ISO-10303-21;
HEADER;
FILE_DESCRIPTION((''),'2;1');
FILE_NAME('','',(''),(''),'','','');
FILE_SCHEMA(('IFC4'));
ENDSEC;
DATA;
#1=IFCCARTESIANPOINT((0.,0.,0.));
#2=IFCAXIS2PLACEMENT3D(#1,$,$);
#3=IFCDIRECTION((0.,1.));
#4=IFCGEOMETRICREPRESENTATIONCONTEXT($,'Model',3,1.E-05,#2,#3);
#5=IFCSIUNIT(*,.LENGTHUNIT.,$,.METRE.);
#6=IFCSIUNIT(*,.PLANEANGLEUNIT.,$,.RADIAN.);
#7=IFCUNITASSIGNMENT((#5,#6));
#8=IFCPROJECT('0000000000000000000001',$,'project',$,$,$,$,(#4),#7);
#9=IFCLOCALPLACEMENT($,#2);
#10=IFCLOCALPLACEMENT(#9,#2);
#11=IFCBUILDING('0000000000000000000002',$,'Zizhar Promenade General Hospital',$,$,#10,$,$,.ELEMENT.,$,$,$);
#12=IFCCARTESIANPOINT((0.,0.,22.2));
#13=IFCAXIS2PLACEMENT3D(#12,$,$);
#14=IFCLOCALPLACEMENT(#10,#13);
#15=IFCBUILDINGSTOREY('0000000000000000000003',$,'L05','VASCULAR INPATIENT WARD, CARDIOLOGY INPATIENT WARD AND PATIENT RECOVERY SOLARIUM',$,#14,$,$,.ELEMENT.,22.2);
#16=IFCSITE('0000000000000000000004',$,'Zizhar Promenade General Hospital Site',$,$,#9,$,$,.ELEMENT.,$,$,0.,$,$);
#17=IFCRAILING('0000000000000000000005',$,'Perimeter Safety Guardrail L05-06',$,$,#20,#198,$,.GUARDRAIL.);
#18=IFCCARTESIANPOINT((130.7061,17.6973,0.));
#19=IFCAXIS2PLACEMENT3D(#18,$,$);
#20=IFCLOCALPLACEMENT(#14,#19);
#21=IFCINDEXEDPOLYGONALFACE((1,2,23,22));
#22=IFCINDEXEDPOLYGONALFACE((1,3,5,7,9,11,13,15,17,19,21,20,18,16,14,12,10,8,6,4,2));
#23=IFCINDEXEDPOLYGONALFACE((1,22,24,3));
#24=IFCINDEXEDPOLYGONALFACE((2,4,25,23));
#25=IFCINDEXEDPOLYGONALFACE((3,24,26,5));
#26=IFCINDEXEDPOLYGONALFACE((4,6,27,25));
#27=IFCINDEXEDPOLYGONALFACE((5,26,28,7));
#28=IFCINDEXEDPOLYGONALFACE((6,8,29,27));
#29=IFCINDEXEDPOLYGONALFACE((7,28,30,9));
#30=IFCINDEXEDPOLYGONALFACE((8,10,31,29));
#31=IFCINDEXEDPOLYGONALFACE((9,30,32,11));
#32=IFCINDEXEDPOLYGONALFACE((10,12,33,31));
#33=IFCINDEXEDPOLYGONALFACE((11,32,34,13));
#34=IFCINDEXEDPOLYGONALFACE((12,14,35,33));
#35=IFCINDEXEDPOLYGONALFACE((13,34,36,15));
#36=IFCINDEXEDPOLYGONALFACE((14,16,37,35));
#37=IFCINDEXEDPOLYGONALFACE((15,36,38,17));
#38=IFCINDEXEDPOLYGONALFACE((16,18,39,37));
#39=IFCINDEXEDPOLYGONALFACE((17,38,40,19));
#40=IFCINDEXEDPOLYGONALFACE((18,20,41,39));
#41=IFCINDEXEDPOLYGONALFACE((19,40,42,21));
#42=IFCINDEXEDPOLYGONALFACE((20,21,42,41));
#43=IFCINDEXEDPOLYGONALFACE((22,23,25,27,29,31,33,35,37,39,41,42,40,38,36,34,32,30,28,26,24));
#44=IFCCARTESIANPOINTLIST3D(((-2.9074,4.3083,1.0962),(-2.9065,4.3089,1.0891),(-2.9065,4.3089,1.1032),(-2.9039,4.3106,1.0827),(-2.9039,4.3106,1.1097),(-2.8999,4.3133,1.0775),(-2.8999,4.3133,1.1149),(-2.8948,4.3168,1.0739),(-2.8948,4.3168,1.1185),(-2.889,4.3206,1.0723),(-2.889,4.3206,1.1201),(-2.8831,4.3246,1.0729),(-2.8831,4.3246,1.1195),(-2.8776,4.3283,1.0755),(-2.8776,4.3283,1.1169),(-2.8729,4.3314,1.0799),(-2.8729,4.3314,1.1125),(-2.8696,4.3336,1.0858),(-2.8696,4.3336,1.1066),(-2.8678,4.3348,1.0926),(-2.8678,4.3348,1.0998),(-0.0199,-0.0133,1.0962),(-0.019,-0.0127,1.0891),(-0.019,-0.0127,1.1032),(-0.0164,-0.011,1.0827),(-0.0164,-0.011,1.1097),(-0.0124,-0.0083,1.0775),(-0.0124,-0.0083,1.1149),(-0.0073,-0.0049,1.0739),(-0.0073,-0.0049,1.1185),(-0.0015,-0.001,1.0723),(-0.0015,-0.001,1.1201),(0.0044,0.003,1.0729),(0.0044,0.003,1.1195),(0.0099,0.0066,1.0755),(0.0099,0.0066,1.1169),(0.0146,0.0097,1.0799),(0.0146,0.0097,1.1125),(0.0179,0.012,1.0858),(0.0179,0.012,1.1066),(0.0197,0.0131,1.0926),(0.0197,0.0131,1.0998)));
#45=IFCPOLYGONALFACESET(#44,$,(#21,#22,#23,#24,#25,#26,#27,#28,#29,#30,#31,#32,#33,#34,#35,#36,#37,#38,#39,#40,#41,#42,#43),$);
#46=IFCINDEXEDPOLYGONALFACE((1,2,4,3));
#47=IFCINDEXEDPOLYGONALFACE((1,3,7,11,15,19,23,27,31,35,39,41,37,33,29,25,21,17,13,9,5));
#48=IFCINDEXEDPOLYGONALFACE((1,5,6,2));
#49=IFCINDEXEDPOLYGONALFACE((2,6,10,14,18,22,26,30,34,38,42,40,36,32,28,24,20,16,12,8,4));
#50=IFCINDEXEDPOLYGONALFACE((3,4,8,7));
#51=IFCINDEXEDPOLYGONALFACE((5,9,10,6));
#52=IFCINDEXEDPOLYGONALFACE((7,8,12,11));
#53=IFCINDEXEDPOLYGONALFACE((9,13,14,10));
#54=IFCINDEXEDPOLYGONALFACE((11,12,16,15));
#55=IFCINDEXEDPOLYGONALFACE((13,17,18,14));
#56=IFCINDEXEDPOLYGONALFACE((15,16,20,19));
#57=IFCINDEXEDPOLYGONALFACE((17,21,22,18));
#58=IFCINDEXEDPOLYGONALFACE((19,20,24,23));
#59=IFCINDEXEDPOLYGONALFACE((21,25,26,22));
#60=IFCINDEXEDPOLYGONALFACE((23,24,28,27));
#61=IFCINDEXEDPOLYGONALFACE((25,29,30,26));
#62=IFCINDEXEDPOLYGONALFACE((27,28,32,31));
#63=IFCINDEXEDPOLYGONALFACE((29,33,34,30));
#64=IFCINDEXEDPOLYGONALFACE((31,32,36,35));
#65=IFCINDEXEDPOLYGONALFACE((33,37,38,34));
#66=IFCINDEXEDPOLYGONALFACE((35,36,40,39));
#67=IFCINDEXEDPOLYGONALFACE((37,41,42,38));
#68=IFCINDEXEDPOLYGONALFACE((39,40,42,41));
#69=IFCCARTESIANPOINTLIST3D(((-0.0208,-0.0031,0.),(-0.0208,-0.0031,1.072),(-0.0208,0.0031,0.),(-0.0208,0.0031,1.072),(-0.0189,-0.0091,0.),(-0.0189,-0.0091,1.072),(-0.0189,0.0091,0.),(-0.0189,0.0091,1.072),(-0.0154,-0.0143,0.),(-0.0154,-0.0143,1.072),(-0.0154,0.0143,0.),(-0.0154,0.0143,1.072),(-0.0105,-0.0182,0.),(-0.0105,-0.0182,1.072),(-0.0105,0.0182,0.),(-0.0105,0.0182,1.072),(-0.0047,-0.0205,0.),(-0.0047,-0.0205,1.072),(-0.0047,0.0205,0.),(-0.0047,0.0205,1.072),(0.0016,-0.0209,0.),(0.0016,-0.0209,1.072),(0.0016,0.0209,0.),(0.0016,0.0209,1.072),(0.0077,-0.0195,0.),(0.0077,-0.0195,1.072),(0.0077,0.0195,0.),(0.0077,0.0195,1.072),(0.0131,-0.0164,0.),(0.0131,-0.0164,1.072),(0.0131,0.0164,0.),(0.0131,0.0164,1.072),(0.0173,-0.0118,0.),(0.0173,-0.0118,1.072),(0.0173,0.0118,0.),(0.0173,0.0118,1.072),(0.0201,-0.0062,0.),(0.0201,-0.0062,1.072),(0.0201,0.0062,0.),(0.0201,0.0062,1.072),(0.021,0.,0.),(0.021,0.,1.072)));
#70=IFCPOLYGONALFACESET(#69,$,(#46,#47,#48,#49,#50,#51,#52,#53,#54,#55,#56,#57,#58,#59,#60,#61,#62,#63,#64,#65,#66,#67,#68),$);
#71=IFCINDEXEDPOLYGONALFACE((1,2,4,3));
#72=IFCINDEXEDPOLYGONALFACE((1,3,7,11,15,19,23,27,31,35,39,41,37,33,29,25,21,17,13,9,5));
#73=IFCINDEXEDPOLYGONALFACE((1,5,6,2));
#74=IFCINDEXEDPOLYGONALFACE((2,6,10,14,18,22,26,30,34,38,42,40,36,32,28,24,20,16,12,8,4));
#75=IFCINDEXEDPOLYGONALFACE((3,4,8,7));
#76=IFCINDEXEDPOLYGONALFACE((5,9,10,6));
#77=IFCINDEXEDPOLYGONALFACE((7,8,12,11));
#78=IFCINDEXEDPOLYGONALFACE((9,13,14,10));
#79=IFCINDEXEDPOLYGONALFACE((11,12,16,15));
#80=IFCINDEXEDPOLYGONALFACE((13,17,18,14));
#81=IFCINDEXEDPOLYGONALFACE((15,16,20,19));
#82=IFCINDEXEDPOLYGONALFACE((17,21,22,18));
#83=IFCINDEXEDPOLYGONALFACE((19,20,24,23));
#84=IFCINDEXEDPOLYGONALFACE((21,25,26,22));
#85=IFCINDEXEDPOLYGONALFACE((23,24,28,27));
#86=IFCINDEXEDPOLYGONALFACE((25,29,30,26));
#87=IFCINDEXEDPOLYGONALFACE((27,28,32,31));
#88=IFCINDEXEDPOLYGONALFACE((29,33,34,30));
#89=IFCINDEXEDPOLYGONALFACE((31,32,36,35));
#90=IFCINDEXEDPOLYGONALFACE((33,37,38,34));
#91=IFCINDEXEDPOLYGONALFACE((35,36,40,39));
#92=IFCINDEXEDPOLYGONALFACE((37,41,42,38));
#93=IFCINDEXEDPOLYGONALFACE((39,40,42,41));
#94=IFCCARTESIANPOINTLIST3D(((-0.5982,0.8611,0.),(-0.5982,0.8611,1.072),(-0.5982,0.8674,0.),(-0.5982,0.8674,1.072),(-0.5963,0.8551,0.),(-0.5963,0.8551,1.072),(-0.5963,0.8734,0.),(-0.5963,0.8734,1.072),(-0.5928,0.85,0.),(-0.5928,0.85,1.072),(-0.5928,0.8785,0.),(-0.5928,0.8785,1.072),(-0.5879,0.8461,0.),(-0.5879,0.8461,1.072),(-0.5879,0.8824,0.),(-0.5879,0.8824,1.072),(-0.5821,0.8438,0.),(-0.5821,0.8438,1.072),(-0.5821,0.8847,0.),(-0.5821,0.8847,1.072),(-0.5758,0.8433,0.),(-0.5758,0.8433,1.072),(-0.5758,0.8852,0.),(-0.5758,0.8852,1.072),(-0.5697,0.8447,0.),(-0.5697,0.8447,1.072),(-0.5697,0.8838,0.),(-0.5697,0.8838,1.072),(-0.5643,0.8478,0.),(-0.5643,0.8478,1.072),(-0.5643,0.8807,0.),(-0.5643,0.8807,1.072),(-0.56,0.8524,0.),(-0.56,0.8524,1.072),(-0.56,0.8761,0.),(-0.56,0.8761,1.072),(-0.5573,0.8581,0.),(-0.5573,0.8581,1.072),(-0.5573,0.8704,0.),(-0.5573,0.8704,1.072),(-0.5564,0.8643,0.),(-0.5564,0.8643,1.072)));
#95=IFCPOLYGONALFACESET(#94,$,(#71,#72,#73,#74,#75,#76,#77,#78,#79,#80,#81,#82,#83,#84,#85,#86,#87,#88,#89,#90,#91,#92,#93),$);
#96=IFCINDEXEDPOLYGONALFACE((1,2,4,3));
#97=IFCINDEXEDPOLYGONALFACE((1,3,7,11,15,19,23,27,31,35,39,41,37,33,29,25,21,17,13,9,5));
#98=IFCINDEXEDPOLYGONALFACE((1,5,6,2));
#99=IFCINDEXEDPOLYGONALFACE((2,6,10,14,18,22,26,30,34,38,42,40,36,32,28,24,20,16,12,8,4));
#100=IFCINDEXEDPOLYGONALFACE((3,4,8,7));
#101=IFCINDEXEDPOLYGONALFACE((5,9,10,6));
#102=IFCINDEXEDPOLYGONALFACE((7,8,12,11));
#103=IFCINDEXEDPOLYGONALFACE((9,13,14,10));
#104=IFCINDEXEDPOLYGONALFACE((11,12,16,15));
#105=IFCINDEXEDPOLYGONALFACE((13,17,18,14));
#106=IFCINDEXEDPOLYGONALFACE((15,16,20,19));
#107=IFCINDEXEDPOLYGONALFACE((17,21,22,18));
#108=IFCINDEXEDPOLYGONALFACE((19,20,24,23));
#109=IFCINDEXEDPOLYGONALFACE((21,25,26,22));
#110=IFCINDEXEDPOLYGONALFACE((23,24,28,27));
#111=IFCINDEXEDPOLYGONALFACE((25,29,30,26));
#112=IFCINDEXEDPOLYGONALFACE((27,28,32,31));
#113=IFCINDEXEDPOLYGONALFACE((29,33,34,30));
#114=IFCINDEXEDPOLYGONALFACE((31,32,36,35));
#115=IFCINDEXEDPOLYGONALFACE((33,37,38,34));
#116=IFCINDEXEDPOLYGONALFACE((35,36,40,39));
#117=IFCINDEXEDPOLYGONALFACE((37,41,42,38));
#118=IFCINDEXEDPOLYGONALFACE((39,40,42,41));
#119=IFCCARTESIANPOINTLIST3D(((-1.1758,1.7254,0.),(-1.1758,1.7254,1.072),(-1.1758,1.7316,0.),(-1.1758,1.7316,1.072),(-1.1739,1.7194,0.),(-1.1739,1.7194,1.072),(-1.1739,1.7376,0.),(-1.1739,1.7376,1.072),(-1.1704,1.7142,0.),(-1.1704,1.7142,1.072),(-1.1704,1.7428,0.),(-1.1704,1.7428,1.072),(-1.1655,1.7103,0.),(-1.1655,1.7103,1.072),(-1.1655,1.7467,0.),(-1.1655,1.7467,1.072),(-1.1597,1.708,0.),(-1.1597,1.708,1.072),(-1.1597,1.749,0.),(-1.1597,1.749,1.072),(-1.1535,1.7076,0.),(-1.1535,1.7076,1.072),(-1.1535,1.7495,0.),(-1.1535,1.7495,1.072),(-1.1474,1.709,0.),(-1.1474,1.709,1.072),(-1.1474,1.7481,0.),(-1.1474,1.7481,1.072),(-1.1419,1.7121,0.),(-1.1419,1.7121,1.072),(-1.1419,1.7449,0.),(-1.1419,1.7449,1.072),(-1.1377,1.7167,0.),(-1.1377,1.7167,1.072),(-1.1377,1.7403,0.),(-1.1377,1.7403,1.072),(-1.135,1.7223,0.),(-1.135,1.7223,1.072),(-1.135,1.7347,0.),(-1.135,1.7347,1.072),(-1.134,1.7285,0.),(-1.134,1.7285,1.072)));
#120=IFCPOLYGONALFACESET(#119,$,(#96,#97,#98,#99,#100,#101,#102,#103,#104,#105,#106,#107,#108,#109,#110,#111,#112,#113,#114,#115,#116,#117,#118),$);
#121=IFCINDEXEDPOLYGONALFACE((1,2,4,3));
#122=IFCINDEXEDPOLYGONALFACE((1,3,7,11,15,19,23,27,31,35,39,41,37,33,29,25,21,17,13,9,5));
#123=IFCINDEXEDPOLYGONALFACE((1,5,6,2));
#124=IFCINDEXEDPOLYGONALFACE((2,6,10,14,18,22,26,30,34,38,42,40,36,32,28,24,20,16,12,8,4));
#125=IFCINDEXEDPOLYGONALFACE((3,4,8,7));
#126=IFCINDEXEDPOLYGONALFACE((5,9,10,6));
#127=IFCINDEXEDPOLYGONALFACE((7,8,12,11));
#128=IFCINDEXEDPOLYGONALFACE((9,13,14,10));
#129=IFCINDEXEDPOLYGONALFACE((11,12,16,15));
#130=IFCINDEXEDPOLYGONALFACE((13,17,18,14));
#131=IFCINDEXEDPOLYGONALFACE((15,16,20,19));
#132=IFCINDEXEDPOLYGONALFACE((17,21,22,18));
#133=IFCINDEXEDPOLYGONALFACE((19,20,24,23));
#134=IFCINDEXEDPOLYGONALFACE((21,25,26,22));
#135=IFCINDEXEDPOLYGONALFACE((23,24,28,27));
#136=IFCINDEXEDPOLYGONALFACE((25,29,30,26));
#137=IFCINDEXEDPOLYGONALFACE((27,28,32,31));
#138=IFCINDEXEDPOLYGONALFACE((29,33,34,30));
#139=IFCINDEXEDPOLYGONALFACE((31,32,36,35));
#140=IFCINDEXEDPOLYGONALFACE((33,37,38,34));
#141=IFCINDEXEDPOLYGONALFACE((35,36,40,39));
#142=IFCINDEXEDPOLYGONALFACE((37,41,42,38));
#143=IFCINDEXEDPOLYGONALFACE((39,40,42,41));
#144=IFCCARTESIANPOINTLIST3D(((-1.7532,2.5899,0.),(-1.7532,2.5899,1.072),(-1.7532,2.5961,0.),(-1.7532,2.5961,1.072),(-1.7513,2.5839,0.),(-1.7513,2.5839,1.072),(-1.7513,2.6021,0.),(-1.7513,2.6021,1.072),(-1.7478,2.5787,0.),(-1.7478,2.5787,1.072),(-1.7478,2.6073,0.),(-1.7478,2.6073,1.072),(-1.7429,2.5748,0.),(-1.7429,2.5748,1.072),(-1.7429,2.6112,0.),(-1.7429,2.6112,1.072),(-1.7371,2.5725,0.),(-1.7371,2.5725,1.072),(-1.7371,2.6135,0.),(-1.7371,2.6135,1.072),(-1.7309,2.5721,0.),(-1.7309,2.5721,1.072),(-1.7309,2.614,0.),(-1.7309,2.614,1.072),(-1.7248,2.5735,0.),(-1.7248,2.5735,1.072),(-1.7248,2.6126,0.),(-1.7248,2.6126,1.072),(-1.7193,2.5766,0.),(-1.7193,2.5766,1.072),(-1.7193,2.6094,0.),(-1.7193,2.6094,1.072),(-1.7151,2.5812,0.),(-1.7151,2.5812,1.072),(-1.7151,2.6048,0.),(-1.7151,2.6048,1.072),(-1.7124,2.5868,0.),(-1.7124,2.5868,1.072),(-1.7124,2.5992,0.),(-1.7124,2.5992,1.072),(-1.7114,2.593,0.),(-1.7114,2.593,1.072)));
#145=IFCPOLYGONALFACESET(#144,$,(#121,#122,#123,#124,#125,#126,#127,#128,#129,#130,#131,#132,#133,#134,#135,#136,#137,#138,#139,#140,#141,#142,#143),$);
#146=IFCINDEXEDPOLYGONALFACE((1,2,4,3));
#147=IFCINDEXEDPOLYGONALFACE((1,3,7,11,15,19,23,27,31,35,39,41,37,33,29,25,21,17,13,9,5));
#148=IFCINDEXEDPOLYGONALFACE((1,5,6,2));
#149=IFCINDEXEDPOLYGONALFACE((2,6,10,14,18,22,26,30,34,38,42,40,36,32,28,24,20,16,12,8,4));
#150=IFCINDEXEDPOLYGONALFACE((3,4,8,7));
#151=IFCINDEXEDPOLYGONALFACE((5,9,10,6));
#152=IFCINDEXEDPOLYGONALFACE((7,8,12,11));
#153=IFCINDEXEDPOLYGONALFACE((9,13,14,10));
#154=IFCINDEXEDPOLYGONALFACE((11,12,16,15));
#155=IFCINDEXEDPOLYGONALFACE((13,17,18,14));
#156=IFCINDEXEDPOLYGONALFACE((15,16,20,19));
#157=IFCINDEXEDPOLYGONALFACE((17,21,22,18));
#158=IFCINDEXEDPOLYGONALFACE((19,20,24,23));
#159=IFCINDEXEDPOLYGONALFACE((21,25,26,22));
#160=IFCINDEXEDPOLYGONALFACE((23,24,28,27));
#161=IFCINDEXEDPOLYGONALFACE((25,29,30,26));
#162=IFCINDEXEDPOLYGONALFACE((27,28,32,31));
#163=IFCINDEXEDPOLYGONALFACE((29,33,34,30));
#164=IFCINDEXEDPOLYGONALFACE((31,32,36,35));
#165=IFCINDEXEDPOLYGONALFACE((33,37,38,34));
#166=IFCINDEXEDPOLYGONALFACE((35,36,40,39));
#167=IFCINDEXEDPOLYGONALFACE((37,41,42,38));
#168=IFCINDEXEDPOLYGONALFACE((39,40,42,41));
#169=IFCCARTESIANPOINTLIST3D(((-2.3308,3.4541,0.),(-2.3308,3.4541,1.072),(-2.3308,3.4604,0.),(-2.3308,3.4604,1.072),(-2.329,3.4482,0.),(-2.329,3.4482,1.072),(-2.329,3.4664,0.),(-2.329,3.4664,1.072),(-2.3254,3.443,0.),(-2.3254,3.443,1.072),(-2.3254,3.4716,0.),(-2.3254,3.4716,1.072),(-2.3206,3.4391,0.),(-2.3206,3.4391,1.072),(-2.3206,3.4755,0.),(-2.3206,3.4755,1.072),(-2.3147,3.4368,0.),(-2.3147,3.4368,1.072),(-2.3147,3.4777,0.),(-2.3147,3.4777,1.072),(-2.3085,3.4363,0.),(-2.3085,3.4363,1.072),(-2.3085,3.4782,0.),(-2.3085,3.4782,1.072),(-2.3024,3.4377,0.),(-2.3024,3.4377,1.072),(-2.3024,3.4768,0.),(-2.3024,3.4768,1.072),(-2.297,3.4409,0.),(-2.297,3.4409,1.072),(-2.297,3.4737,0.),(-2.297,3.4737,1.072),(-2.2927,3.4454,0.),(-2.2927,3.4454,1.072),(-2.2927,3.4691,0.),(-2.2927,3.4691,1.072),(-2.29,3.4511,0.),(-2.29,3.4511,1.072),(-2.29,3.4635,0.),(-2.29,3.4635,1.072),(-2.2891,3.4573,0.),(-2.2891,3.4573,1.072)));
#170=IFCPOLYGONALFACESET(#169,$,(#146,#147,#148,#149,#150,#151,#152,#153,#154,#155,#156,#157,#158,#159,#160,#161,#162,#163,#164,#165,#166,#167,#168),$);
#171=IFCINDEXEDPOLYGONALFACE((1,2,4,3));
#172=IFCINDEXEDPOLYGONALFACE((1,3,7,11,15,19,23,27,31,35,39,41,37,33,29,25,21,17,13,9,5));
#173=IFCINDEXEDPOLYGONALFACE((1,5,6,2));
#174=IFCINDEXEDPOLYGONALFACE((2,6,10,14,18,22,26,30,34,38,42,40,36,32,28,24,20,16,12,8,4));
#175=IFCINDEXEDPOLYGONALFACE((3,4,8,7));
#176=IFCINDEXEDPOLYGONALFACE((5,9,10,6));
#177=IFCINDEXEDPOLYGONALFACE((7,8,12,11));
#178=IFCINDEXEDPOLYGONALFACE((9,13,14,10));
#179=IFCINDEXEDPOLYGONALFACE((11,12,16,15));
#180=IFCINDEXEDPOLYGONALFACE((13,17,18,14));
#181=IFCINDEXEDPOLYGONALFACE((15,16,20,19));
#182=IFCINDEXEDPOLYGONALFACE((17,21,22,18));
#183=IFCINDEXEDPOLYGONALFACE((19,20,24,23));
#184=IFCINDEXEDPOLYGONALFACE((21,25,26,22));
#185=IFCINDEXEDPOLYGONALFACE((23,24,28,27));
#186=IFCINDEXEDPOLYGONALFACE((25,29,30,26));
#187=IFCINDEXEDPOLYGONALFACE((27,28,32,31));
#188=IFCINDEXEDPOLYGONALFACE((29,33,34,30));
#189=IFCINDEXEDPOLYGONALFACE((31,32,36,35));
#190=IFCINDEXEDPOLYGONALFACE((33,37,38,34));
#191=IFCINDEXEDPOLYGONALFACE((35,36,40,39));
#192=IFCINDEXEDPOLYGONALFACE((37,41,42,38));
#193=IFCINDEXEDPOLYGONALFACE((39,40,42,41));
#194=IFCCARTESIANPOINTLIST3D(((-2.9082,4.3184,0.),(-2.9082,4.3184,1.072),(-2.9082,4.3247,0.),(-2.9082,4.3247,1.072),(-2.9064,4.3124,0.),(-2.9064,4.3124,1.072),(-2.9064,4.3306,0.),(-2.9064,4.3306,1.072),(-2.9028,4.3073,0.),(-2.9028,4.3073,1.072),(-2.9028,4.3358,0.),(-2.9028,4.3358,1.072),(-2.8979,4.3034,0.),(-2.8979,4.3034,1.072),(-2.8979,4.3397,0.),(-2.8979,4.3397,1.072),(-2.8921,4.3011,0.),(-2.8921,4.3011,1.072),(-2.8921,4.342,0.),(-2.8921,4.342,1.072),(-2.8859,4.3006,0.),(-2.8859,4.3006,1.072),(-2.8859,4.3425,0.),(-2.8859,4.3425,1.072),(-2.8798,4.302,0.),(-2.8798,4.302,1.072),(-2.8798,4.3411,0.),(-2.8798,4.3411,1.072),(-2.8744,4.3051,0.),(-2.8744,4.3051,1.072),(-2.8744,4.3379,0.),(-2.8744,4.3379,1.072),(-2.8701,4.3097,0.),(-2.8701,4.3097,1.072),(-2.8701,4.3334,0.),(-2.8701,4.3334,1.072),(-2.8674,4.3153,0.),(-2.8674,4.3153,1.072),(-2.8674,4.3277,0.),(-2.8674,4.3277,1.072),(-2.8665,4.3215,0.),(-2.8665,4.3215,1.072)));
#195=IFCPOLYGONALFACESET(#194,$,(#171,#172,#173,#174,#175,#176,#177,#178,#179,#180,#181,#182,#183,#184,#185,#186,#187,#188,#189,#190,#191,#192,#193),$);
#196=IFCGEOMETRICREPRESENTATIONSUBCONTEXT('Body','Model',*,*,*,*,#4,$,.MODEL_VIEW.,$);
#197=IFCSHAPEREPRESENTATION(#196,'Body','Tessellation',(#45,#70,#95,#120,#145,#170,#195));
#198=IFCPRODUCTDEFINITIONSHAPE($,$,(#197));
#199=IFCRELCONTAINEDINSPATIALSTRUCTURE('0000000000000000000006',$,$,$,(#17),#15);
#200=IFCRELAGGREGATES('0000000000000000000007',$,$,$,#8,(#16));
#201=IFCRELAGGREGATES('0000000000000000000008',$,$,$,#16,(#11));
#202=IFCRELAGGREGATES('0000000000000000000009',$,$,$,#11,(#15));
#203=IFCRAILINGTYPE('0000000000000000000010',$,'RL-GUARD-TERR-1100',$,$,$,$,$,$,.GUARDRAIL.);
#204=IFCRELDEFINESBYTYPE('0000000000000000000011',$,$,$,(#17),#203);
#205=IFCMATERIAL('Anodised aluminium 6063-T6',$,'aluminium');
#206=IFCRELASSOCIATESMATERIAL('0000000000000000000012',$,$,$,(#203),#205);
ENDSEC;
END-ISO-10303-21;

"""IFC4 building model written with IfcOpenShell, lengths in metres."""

from ifc_helpers import new_model, si_unit, direction, frame, origin, origin_2d, place, context, subcontext, project, spatial, circle, hollow_circle, extrude, material, material_profile, profile_set, type_object, element, save


model = new_model("IFC4")

# Units and contexts
model_context = context("Model", 3, precision=1e-05, world=origin(), true_north=direction((0.0, 1.0)))
body_context = subcontext(model_context, "Body", "Model", "MODEL_VIEW")
ifc_project = project(units=[si_unit("LENGTHUNIT", "METRE"), si_unit("PLANEANGLEUNIT", "RADIAN")], contexts=[model_context])

# Site, building, storey
site_placement = place(None, origin())
site = spatial("IfcSite", under=ifc_project, at=site_placement, Name="Zizhar Promenade General Hospital Site", CompositionType="ELEMENT", RefElevation=0.0)
building_placement = place(site_placement, origin())
building = spatial("IfcBuilding", under=site, at=building_placement, Name="Zizhar Promenade General Hospital", CompositionType="ELEMENT")
storey_placement = place(building_placement, frame((0.0, 0.0, 22.2)))
storey = spatial("IfcBuildingStorey", under=building, at=storey_placement, Name="L05", Description="VASCULAR INPATIENT WARD, CARDIOLOGY INPATIENT WARD AND PATIENT RECOVERY SOLARIUM", CompositionType="ELEMENT", Elevation=22.2)

# Railing
ifc_material_1 = material(Name="Anodised aluminium 6063-T6", Category="aluminium")
ifc_material_profile_1 = material_profile(ifc_material_1, hollow_circle(Radius=0.0698, WallThickness=0.0063, at=origin_2d()))
ifc_profile_set_1 = profile_set([ifc_material_profile_1], Name="Anodised aluminium 6063-T6")
railing_type = type_object("IfcRailingType", Name="RL-GUARD-TERR-1100", PredefinedType="GUARDRAIL", material=ifc_profile_set_1)
railing_1_placement = place(storey_placement, frame((130.7061, 17.6973, 0.0)))
element("IfcRailing", 1, at=railing_1_placement, inside=storey, type_object=railing_type, Name="Perimeter Safety Guardrail L05-06", PredefinedType="GUARDRAIL", context=body_context, shape_type="SweptSolid", body=[
    extrude(circle(Radius=0.0239, at=origin_2d()), frame((0.0, 0.0, 1.0962), z_axis=(-0.555556, 0.831479, 0.0), x_axis=(-0.831479, -0.555556, 0.0)), (0.0, 0.0, 1.0), 5.1975),
    extrude(circle(Radius=0.021, at=origin_2d()), origin(), (0.0, 0.0, 1.0), 1.072),
    extrude(circle(Radius=0.021, at=origin_2d()), frame((-0.5774, 0.8643, 0.0)), (0.0, 0.0, 1.0), 1.072),
    extrude(circle(Radius=0.021, at=origin_2d()), frame((-1.155, 1.7285, 0.0)), (0.0, 0.0, 1.0), 1.072),
    extrude(circle(Radius=0.021, at=origin_2d()), frame((-1.7324, 2.593, 0.0)), (0.0, 0.0, 1.0), 1.072),
    extrude(circle(Radius=0.021, at=origin_2d()), frame((-2.3101, 3.4573, 0.0)), (0.0, 0.0, 1.0), 1.072),
    extrude(circle(Radius=0.021, at=origin_2d()), frame((-2.8875, 4.3215, 0.0)), (0.0, 0.0, 1.0), 1.072),
])

save(model, "model.ifc")
